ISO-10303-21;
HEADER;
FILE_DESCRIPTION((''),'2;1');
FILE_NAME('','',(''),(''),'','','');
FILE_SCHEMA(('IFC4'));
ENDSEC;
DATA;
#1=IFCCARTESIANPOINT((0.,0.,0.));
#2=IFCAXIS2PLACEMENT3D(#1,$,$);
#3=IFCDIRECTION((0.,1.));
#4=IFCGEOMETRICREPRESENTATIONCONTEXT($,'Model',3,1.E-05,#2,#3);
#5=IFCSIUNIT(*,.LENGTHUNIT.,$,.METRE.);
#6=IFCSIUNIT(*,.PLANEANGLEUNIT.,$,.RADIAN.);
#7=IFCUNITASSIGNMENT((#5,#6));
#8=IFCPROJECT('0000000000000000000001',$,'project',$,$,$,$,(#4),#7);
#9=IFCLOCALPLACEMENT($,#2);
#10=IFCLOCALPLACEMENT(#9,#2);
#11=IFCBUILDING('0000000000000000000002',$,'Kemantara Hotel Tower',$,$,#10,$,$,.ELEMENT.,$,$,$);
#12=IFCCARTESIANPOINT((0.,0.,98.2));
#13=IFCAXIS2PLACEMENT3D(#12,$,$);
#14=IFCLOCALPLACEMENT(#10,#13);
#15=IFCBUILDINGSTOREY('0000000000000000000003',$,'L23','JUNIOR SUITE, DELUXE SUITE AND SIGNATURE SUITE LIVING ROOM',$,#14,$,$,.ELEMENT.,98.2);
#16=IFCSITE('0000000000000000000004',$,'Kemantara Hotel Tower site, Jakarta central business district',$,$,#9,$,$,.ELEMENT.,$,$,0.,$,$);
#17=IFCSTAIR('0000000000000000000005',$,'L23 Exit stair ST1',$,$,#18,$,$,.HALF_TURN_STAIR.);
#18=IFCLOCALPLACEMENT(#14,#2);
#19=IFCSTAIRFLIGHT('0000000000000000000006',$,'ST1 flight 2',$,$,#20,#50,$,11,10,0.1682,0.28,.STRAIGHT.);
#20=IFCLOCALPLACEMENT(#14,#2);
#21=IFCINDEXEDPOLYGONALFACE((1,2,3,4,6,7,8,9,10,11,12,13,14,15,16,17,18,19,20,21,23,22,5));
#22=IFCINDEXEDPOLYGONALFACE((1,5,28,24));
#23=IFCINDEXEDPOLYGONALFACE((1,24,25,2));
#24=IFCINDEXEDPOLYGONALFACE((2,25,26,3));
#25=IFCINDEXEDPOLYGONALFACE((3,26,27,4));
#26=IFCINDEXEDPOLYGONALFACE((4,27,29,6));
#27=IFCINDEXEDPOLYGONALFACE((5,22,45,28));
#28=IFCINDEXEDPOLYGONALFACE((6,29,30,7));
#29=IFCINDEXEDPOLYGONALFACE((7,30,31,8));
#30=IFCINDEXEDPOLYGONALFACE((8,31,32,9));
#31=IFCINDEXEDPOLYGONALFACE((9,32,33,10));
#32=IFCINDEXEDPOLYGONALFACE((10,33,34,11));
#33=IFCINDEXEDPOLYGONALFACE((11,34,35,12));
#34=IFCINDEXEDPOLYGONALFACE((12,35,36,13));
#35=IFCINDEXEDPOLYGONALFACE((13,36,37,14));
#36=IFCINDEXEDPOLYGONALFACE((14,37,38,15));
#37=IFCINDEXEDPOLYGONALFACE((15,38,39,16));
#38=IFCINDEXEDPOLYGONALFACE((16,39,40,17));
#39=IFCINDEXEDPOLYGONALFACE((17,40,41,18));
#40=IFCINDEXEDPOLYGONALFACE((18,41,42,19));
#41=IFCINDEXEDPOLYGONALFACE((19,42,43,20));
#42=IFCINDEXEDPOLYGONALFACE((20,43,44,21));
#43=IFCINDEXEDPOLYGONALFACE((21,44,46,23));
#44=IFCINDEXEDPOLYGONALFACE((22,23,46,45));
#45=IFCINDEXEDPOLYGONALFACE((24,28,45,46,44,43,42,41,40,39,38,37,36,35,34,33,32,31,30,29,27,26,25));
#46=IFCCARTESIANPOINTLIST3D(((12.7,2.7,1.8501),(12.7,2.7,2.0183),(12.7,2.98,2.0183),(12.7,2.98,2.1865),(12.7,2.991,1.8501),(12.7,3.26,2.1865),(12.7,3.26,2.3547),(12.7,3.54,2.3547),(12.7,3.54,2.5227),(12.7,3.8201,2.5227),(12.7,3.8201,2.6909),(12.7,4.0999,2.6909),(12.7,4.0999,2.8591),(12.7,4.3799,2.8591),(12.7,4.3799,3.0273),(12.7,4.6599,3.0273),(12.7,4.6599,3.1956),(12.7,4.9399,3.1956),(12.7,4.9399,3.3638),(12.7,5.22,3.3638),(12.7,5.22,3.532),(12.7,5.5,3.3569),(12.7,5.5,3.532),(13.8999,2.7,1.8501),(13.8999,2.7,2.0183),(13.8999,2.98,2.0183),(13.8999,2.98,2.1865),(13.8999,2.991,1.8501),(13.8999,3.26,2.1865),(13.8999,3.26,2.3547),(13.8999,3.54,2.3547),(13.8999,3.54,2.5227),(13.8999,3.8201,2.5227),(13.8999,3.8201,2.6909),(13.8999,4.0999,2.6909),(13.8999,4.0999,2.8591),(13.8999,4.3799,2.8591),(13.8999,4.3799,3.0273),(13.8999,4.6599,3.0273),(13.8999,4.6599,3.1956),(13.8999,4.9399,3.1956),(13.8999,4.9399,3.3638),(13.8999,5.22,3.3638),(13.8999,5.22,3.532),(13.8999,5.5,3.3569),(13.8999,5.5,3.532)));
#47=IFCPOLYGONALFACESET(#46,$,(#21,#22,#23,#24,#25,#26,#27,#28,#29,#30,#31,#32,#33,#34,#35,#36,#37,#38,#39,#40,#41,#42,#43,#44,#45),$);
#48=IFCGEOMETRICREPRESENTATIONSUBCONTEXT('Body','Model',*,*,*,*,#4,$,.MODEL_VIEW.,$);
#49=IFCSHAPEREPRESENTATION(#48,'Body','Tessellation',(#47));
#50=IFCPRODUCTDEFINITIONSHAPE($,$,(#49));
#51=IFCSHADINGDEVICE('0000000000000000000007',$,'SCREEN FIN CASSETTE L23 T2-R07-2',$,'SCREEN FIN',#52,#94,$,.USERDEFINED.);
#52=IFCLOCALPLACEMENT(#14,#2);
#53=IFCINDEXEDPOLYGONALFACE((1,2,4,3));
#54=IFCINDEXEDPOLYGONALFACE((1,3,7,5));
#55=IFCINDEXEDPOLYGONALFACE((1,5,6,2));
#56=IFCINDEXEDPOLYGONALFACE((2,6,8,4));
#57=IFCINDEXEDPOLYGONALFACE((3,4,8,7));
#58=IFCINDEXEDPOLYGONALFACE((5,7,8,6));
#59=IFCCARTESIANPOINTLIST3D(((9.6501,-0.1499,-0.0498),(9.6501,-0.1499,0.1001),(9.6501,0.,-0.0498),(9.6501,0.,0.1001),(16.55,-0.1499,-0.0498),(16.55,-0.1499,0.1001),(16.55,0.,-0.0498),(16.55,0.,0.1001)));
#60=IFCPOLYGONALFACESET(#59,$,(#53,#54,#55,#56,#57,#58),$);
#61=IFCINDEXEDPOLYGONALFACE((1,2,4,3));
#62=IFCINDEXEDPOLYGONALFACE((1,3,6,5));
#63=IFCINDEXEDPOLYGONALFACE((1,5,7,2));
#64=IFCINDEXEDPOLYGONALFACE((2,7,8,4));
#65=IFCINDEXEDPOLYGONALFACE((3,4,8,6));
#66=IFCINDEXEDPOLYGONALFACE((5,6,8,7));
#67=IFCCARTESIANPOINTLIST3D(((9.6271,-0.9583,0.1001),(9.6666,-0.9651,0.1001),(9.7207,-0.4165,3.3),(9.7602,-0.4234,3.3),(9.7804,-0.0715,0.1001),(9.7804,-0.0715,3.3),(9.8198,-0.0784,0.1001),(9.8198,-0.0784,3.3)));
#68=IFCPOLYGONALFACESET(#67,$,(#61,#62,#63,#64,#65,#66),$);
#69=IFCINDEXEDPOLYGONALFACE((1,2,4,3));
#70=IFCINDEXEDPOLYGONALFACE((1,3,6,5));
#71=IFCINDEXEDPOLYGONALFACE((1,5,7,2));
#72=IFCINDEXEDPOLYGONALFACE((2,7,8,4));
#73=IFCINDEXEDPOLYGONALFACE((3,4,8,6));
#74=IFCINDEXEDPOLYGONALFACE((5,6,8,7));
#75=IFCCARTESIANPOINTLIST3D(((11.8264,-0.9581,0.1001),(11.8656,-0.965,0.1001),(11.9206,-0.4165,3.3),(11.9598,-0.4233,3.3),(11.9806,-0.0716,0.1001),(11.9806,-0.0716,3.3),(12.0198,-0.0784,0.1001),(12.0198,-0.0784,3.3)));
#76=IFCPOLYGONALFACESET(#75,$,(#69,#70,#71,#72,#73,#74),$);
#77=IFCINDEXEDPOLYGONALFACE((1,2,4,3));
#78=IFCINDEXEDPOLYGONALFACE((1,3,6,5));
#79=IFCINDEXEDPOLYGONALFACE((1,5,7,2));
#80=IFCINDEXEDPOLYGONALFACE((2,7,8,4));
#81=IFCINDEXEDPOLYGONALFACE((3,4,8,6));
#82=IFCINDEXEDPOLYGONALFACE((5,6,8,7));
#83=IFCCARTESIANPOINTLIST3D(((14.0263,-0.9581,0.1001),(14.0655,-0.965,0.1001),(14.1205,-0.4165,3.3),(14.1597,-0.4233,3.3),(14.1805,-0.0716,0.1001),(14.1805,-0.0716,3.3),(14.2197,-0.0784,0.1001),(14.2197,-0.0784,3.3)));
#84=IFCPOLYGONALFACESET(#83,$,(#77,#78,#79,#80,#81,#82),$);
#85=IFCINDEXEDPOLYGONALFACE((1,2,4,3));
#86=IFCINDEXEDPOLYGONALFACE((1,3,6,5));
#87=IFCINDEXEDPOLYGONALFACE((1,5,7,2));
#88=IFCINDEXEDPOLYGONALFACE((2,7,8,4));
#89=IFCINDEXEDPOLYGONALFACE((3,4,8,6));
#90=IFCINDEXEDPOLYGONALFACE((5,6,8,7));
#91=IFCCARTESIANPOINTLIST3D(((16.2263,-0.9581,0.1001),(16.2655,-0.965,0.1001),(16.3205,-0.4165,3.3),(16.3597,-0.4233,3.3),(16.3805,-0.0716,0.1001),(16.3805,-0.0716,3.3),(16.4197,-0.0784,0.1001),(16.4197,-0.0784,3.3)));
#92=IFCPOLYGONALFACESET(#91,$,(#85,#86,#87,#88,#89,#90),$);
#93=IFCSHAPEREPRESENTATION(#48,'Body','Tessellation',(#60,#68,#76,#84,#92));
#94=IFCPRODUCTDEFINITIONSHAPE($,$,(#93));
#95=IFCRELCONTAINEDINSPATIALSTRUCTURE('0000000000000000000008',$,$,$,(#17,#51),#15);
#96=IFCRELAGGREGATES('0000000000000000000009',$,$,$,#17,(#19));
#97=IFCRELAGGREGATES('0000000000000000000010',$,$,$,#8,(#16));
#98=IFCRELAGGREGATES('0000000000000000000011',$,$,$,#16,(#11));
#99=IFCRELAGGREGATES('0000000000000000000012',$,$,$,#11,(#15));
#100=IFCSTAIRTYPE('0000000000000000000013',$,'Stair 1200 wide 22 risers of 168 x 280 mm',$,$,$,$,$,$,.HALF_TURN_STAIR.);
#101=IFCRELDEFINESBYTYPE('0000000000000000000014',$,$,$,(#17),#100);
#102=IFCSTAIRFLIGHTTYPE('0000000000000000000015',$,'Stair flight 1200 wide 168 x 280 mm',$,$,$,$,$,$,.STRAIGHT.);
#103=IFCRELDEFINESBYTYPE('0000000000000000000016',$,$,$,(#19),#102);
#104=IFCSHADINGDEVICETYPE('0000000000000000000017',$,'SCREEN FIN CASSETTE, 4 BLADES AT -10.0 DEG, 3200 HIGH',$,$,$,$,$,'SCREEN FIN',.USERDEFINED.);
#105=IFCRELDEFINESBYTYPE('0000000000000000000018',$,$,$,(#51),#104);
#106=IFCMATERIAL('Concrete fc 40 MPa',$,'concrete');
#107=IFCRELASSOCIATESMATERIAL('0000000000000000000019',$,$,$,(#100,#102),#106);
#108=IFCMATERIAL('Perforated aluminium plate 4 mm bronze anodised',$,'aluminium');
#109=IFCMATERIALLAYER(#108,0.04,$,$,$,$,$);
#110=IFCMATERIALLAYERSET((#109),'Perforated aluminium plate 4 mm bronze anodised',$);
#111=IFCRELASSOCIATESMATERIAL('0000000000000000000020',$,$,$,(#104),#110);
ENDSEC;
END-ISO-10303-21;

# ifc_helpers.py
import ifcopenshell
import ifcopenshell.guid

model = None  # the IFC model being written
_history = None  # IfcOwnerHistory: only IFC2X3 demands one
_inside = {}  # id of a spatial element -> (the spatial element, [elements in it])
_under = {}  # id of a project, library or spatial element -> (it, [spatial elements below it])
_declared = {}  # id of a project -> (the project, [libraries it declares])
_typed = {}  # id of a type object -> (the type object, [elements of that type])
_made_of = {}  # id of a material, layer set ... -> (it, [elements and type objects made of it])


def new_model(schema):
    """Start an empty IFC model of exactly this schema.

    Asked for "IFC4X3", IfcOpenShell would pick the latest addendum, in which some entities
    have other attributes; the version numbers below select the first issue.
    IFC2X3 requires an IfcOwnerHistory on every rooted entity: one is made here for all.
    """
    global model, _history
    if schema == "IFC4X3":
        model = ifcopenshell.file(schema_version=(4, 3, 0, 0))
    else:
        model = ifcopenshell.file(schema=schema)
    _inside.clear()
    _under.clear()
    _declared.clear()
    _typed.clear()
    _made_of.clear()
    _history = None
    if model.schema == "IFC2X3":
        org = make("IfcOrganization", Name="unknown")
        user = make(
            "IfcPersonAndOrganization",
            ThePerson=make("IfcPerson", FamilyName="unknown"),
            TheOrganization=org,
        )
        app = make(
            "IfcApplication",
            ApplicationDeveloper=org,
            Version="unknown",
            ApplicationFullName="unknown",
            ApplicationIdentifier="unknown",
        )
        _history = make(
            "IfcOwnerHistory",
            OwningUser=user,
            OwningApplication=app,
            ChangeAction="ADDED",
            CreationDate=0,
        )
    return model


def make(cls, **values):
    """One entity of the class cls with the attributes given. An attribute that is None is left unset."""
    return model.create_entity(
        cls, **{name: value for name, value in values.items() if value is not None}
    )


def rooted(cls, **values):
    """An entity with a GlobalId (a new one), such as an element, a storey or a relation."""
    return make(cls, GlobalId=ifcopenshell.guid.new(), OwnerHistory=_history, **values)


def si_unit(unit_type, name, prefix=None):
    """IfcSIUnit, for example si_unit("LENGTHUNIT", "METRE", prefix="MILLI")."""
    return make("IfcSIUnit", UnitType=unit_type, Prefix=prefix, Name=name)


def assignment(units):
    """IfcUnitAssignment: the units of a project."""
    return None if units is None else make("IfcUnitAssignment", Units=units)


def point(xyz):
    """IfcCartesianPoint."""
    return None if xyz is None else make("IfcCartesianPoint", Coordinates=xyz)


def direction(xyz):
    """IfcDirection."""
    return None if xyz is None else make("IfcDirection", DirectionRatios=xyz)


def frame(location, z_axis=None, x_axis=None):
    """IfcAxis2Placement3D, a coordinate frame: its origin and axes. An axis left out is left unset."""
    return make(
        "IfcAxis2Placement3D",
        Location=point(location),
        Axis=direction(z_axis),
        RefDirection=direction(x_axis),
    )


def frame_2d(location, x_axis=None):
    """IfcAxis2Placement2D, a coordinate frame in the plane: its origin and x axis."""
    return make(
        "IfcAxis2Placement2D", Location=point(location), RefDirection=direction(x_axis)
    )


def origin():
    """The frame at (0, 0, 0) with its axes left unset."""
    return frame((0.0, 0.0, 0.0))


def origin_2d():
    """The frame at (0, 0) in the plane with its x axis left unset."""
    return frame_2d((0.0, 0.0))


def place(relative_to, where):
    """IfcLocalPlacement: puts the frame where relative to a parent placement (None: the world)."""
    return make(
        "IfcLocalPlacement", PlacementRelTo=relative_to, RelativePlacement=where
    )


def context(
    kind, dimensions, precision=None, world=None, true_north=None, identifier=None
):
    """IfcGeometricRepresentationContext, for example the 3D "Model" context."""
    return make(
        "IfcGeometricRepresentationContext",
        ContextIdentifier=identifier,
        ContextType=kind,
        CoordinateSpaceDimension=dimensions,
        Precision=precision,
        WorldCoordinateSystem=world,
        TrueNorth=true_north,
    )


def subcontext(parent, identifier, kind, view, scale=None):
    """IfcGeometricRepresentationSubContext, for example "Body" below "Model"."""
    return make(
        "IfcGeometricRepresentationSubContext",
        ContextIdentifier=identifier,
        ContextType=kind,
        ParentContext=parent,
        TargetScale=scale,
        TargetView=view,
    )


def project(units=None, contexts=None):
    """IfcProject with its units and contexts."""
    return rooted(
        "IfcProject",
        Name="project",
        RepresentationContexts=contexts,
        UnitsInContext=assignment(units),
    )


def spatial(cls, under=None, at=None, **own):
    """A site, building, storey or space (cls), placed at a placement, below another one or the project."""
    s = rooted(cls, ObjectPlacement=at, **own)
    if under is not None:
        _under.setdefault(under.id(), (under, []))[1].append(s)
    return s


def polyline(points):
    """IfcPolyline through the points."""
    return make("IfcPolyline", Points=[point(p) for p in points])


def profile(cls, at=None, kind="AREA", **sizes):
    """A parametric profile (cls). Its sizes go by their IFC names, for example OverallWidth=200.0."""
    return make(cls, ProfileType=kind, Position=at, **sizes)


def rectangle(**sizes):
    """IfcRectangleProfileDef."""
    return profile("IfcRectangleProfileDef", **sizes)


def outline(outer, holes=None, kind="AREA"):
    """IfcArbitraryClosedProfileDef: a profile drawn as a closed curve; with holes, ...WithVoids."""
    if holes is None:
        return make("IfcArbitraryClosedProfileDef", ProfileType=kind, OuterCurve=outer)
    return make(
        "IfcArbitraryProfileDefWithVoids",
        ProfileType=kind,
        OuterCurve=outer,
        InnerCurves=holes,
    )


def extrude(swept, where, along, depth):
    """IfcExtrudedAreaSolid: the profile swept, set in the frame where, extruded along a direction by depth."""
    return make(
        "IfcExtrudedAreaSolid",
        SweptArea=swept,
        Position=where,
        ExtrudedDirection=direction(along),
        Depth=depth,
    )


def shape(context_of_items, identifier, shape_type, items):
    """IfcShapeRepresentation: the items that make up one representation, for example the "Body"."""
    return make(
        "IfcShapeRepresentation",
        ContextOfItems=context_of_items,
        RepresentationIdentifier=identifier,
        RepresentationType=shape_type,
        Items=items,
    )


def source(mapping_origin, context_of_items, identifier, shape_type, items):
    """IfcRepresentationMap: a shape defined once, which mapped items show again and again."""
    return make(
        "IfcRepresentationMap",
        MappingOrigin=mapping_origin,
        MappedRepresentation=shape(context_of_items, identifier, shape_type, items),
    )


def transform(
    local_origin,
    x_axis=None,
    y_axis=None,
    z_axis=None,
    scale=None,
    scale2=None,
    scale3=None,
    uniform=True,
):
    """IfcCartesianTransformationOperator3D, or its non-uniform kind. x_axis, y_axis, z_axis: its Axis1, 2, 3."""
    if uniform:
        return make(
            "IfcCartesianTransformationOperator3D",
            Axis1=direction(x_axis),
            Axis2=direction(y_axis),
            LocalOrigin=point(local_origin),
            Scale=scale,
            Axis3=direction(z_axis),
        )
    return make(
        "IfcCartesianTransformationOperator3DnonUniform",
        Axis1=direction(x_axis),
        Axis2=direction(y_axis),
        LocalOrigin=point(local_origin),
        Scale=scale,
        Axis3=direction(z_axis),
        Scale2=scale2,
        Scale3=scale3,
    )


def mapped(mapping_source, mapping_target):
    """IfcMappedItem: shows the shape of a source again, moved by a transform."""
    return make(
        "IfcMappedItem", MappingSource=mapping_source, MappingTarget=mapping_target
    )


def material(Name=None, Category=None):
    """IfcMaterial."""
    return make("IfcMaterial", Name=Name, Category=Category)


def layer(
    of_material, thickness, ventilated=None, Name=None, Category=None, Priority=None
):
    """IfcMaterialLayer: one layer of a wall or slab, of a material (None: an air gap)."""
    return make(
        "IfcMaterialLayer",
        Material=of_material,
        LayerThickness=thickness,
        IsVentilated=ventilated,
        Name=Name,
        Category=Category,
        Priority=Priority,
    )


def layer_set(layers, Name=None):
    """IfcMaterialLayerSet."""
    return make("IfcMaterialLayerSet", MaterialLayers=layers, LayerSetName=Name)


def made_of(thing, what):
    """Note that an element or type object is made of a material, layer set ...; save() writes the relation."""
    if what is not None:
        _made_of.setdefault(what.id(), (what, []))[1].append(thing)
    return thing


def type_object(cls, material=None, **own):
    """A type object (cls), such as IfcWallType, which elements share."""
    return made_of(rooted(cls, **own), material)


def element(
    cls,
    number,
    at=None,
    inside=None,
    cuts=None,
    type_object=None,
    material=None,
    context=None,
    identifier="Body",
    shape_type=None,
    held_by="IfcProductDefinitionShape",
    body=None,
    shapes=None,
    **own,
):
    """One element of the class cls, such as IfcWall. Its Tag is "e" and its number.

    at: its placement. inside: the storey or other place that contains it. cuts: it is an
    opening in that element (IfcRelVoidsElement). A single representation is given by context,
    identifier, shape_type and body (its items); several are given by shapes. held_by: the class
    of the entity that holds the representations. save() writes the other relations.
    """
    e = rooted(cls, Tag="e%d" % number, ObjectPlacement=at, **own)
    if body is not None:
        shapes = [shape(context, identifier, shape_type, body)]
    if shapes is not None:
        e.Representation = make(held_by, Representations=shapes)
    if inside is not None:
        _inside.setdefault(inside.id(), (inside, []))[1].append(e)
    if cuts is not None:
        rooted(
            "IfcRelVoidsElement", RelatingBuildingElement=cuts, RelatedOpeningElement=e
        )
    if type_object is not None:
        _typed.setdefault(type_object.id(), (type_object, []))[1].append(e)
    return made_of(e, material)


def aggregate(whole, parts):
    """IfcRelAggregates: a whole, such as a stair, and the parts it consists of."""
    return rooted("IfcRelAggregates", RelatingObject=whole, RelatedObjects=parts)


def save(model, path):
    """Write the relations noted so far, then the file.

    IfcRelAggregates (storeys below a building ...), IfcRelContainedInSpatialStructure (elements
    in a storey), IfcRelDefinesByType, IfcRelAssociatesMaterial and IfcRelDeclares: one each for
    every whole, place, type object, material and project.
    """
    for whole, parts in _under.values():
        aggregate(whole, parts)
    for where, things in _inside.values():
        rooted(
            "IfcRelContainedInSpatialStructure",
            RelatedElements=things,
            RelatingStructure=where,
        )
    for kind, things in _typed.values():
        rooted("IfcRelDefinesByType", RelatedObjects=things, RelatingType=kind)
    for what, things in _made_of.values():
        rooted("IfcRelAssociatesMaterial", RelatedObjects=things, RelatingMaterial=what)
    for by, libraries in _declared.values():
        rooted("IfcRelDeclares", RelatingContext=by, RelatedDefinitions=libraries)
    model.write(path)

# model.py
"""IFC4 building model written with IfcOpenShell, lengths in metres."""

from ifc_helpers import new_model, si_unit, direction, frame, origin, origin_2d, place, context, subcontext, project, spatial, polyline, rectangle, outline, extrude, source, transform, mapped, material, layer, layer_set, type_object, element, aggregate, save


model = new_model("IFC4")

# Units and contexts
model_context = context("Model", 3, precision=1e-05, world=origin(), true_north=direction((0.0, 1.0)))
body_context = subcontext(model_context, "Body", "Model", "MODEL_VIEW")
ifc_project = project(units=[si_unit("LENGTHUNIT", "METRE"), si_unit("PLANEANGLEUNIT", "RADIAN")], contexts=[model_context])

# Site, building, storey
site_placement = place(None, origin())
site = spatial("IfcSite", under=ifc_project, at=site_placement, Name="Kemantara Hotel Tower site, Jakarta central business district", CompositionType="ELEMENT", RefElevation=0.0)
building_placement = place(site_placement, origin())
building = spatial("IfcBuilding", under=site, at=building_placement, Name="Kemantara Hotel Tower", CompositionType="ELEMENT")
storey_placement = place(building_placement, frame((0.0, 0.0, 98.2)))
storey = spatial("IfcBuildingStorey", under=building, at=storey_placement, Name="L23", Description="JUNIOR SUITE, DELUXE SUITE AND SIGNATURE SUITE LIVING ROOM", CompositionType="ELEMENT", Elevation=98.2)

# Stair, stair flight
ifc_material_1 = material(Name="Concrete fc 40 MPa", Category="concrete")
stair_type = type_object("IfcStairType", Name="Stair 1200 wide 22 risers of 168 x 280 mm", PredefinedType="HALF_TURN_STAIR", material=ifc_material_1)
stair_placement = place(storey_placement, origin())
stair = element("IfcStair", 1, at=stair_placement, inside=storey, type_object=stair_type, Name="L23 Exit stair ST1", PredefinedType="HALF_TURN_STAIR")
stair_flight_type = type_object("IfcStairFlightType", Name="Stair flight 1200 wide 168 x 280 mm", PredefinedType="STRAIGHT", material=ifc_material_1)
stair_flight_placement = place(storey_placement, frame((13.3, 2.7, 1.8501), z_axis=(0.0, 0.0, 1.0), x_axis=(0.0, 1.0, 0.0)))
stair_flight = element("IfcStairFlight", 2, at=stair_flight_placement, type_object=stair_flight_type, Name="ST1 flight 2", NumberOfRisers=11, NumberOfTreads=10, PredefinedType="STRAIGHT", RiserHeight=0.1682, TreadLength=0.28, context=body_context, shape_type="SweptSolid", body=[
    extrude(outline(polyline([(0.0, 0.0), (0.0, 0.1682), (0.28, 0.1682), (0.28, 0.3364), (0.5601, 0.3364), (0.5601, 0.5046), (0.8401, 0.5046), (0.8401, 0.6726), (1.1201, 0.6726), (1.1201, 0.8408), (1.3999, 0.8408), (1.3999, 1.009), (1.6799, 1.009), (1.6799, 1.1772), (1.96, 1.1772), (1.96, 1.3455), (2.24, 1.3455), (2.24, 1.5137), (2.52, 1.5137), (2.52, 1.6819), (2.8, 1.6819), (2.8, 1.8501), (2.8, 1.5068), (0.291, 0.0), (0.0, 0.0)])), frame((0.0, 0.6001, 0.0), z_axis=(0.0, -1.0, 0.0), x_axis=(1.0, 0.0, 0.0)), (0.0, 0.0, 1.0), 1.2),
])
aggregate(stair, [stair_flight])

# Shading device
ifc_material_2 = material(Name="Perforated aluminium plate 4 mm bronze anodised", Category="aluminium")
ifc_layer_1 = layer(ifc_material_2, 0.04)
ifc_layer_set_1 = layer_set([ifc_layer_1], Name="Perforated aluminium plate 4 mm bronze anodised")
shading_device_type = type_object("IfcShadingDeviceType", Name="SCREEN FIN CASSETTE, 4 BLADES AT -10.0 DEG, 3200 HIGH", ElementType="SCREEN FIN", PredefinedType="USERDEFINED", material=ifc_layer_set_1)
shared_shape = source(origin(), body_context, "Body", "SweptSolid", [
    extrude(rectangle(XDim=6.8999, YDim=0.1499, at=origin_2d()), frame((3.3, -0.075, -0.1499), z_axis=(0.0, 0.0, 1.0), x_axis=(1.0, 0.0, 0.0)), (0.0, 0.0, 1.0), 0.1499),
    extrude(outline(polyline([(0.0, 0.0), (0.8999, 0.0), (0.3501, 3.2), (0.0, 3.2), (0.0, 0.0)])), frame((0.0198, -0.0784, 0.0), z_axis=(-0.98539, 0.170314, 0.0), x_axis=(-0.170314, -0.98539, 0.0)), (0.0, 0.0, 1.0), 0.04),
    extrude(outline(polyline([(0.0, 0.0), (0.8999, 0.0), (0.3501, 3.2), (0.0, 3.2), (0.0, 0.0)])), frame((2.2197, -0.0784, 0.0), z_axis=(-0.985212, 0.171341, 0.0), x_axis=(-0.171341, -0.985212, 0.0)), (0.0, 0.0, 1.0), 0.0398),
    extrude(outline(polyline([(0.0, 0.0), (0.8999, 0.0), (0.3501, 3.2), (0.0, 3.2), (0.0, 0.0)])), frame((4.4197, -0.0784, 0.0), z_axis=(-0.985212, 0.171341, 0.0), x_axis=(-0.171341, -0.985212, 0.0)), (0.0, 0.0, 1.0), 0.0398),
    extrude(outline(polyline([(0.0, 0.0), (0.8999, 0.0), (0.3501, 3.2), (0.0, 3.2), (0.0, 0.0)])), frame((6.6196, -0.0784, 0.0), z_axis=(-0.985212, 0.171341, 0.0), x_axis=(-0.171341, -0.985212, 0.0)), (0.0, 0.0, 1.0), 0.0398),
])
shading_device_placement = place(storey_placement, frame((9.8, 0.0, 0.1001), z_axis=(0.0, 0.0, 1.0), x_axis=(1.0, 0.0, 0.0)))
element("IfcShadingDevice", 3, at=shading_device_placement, inside=storey, type_object=shading_device_type, Name="SCREEN FIN CASSETTE L23 T2-R07-2", ObjectType="SCREEN FIN", PredefinedType="USERDEFINED", context=body_context, shape_type="MappedRepresentation", body=[
    mapped(shared_shape, transform((0.0, 0.0, 0.0))),
])

save(model, "model.ifc")
